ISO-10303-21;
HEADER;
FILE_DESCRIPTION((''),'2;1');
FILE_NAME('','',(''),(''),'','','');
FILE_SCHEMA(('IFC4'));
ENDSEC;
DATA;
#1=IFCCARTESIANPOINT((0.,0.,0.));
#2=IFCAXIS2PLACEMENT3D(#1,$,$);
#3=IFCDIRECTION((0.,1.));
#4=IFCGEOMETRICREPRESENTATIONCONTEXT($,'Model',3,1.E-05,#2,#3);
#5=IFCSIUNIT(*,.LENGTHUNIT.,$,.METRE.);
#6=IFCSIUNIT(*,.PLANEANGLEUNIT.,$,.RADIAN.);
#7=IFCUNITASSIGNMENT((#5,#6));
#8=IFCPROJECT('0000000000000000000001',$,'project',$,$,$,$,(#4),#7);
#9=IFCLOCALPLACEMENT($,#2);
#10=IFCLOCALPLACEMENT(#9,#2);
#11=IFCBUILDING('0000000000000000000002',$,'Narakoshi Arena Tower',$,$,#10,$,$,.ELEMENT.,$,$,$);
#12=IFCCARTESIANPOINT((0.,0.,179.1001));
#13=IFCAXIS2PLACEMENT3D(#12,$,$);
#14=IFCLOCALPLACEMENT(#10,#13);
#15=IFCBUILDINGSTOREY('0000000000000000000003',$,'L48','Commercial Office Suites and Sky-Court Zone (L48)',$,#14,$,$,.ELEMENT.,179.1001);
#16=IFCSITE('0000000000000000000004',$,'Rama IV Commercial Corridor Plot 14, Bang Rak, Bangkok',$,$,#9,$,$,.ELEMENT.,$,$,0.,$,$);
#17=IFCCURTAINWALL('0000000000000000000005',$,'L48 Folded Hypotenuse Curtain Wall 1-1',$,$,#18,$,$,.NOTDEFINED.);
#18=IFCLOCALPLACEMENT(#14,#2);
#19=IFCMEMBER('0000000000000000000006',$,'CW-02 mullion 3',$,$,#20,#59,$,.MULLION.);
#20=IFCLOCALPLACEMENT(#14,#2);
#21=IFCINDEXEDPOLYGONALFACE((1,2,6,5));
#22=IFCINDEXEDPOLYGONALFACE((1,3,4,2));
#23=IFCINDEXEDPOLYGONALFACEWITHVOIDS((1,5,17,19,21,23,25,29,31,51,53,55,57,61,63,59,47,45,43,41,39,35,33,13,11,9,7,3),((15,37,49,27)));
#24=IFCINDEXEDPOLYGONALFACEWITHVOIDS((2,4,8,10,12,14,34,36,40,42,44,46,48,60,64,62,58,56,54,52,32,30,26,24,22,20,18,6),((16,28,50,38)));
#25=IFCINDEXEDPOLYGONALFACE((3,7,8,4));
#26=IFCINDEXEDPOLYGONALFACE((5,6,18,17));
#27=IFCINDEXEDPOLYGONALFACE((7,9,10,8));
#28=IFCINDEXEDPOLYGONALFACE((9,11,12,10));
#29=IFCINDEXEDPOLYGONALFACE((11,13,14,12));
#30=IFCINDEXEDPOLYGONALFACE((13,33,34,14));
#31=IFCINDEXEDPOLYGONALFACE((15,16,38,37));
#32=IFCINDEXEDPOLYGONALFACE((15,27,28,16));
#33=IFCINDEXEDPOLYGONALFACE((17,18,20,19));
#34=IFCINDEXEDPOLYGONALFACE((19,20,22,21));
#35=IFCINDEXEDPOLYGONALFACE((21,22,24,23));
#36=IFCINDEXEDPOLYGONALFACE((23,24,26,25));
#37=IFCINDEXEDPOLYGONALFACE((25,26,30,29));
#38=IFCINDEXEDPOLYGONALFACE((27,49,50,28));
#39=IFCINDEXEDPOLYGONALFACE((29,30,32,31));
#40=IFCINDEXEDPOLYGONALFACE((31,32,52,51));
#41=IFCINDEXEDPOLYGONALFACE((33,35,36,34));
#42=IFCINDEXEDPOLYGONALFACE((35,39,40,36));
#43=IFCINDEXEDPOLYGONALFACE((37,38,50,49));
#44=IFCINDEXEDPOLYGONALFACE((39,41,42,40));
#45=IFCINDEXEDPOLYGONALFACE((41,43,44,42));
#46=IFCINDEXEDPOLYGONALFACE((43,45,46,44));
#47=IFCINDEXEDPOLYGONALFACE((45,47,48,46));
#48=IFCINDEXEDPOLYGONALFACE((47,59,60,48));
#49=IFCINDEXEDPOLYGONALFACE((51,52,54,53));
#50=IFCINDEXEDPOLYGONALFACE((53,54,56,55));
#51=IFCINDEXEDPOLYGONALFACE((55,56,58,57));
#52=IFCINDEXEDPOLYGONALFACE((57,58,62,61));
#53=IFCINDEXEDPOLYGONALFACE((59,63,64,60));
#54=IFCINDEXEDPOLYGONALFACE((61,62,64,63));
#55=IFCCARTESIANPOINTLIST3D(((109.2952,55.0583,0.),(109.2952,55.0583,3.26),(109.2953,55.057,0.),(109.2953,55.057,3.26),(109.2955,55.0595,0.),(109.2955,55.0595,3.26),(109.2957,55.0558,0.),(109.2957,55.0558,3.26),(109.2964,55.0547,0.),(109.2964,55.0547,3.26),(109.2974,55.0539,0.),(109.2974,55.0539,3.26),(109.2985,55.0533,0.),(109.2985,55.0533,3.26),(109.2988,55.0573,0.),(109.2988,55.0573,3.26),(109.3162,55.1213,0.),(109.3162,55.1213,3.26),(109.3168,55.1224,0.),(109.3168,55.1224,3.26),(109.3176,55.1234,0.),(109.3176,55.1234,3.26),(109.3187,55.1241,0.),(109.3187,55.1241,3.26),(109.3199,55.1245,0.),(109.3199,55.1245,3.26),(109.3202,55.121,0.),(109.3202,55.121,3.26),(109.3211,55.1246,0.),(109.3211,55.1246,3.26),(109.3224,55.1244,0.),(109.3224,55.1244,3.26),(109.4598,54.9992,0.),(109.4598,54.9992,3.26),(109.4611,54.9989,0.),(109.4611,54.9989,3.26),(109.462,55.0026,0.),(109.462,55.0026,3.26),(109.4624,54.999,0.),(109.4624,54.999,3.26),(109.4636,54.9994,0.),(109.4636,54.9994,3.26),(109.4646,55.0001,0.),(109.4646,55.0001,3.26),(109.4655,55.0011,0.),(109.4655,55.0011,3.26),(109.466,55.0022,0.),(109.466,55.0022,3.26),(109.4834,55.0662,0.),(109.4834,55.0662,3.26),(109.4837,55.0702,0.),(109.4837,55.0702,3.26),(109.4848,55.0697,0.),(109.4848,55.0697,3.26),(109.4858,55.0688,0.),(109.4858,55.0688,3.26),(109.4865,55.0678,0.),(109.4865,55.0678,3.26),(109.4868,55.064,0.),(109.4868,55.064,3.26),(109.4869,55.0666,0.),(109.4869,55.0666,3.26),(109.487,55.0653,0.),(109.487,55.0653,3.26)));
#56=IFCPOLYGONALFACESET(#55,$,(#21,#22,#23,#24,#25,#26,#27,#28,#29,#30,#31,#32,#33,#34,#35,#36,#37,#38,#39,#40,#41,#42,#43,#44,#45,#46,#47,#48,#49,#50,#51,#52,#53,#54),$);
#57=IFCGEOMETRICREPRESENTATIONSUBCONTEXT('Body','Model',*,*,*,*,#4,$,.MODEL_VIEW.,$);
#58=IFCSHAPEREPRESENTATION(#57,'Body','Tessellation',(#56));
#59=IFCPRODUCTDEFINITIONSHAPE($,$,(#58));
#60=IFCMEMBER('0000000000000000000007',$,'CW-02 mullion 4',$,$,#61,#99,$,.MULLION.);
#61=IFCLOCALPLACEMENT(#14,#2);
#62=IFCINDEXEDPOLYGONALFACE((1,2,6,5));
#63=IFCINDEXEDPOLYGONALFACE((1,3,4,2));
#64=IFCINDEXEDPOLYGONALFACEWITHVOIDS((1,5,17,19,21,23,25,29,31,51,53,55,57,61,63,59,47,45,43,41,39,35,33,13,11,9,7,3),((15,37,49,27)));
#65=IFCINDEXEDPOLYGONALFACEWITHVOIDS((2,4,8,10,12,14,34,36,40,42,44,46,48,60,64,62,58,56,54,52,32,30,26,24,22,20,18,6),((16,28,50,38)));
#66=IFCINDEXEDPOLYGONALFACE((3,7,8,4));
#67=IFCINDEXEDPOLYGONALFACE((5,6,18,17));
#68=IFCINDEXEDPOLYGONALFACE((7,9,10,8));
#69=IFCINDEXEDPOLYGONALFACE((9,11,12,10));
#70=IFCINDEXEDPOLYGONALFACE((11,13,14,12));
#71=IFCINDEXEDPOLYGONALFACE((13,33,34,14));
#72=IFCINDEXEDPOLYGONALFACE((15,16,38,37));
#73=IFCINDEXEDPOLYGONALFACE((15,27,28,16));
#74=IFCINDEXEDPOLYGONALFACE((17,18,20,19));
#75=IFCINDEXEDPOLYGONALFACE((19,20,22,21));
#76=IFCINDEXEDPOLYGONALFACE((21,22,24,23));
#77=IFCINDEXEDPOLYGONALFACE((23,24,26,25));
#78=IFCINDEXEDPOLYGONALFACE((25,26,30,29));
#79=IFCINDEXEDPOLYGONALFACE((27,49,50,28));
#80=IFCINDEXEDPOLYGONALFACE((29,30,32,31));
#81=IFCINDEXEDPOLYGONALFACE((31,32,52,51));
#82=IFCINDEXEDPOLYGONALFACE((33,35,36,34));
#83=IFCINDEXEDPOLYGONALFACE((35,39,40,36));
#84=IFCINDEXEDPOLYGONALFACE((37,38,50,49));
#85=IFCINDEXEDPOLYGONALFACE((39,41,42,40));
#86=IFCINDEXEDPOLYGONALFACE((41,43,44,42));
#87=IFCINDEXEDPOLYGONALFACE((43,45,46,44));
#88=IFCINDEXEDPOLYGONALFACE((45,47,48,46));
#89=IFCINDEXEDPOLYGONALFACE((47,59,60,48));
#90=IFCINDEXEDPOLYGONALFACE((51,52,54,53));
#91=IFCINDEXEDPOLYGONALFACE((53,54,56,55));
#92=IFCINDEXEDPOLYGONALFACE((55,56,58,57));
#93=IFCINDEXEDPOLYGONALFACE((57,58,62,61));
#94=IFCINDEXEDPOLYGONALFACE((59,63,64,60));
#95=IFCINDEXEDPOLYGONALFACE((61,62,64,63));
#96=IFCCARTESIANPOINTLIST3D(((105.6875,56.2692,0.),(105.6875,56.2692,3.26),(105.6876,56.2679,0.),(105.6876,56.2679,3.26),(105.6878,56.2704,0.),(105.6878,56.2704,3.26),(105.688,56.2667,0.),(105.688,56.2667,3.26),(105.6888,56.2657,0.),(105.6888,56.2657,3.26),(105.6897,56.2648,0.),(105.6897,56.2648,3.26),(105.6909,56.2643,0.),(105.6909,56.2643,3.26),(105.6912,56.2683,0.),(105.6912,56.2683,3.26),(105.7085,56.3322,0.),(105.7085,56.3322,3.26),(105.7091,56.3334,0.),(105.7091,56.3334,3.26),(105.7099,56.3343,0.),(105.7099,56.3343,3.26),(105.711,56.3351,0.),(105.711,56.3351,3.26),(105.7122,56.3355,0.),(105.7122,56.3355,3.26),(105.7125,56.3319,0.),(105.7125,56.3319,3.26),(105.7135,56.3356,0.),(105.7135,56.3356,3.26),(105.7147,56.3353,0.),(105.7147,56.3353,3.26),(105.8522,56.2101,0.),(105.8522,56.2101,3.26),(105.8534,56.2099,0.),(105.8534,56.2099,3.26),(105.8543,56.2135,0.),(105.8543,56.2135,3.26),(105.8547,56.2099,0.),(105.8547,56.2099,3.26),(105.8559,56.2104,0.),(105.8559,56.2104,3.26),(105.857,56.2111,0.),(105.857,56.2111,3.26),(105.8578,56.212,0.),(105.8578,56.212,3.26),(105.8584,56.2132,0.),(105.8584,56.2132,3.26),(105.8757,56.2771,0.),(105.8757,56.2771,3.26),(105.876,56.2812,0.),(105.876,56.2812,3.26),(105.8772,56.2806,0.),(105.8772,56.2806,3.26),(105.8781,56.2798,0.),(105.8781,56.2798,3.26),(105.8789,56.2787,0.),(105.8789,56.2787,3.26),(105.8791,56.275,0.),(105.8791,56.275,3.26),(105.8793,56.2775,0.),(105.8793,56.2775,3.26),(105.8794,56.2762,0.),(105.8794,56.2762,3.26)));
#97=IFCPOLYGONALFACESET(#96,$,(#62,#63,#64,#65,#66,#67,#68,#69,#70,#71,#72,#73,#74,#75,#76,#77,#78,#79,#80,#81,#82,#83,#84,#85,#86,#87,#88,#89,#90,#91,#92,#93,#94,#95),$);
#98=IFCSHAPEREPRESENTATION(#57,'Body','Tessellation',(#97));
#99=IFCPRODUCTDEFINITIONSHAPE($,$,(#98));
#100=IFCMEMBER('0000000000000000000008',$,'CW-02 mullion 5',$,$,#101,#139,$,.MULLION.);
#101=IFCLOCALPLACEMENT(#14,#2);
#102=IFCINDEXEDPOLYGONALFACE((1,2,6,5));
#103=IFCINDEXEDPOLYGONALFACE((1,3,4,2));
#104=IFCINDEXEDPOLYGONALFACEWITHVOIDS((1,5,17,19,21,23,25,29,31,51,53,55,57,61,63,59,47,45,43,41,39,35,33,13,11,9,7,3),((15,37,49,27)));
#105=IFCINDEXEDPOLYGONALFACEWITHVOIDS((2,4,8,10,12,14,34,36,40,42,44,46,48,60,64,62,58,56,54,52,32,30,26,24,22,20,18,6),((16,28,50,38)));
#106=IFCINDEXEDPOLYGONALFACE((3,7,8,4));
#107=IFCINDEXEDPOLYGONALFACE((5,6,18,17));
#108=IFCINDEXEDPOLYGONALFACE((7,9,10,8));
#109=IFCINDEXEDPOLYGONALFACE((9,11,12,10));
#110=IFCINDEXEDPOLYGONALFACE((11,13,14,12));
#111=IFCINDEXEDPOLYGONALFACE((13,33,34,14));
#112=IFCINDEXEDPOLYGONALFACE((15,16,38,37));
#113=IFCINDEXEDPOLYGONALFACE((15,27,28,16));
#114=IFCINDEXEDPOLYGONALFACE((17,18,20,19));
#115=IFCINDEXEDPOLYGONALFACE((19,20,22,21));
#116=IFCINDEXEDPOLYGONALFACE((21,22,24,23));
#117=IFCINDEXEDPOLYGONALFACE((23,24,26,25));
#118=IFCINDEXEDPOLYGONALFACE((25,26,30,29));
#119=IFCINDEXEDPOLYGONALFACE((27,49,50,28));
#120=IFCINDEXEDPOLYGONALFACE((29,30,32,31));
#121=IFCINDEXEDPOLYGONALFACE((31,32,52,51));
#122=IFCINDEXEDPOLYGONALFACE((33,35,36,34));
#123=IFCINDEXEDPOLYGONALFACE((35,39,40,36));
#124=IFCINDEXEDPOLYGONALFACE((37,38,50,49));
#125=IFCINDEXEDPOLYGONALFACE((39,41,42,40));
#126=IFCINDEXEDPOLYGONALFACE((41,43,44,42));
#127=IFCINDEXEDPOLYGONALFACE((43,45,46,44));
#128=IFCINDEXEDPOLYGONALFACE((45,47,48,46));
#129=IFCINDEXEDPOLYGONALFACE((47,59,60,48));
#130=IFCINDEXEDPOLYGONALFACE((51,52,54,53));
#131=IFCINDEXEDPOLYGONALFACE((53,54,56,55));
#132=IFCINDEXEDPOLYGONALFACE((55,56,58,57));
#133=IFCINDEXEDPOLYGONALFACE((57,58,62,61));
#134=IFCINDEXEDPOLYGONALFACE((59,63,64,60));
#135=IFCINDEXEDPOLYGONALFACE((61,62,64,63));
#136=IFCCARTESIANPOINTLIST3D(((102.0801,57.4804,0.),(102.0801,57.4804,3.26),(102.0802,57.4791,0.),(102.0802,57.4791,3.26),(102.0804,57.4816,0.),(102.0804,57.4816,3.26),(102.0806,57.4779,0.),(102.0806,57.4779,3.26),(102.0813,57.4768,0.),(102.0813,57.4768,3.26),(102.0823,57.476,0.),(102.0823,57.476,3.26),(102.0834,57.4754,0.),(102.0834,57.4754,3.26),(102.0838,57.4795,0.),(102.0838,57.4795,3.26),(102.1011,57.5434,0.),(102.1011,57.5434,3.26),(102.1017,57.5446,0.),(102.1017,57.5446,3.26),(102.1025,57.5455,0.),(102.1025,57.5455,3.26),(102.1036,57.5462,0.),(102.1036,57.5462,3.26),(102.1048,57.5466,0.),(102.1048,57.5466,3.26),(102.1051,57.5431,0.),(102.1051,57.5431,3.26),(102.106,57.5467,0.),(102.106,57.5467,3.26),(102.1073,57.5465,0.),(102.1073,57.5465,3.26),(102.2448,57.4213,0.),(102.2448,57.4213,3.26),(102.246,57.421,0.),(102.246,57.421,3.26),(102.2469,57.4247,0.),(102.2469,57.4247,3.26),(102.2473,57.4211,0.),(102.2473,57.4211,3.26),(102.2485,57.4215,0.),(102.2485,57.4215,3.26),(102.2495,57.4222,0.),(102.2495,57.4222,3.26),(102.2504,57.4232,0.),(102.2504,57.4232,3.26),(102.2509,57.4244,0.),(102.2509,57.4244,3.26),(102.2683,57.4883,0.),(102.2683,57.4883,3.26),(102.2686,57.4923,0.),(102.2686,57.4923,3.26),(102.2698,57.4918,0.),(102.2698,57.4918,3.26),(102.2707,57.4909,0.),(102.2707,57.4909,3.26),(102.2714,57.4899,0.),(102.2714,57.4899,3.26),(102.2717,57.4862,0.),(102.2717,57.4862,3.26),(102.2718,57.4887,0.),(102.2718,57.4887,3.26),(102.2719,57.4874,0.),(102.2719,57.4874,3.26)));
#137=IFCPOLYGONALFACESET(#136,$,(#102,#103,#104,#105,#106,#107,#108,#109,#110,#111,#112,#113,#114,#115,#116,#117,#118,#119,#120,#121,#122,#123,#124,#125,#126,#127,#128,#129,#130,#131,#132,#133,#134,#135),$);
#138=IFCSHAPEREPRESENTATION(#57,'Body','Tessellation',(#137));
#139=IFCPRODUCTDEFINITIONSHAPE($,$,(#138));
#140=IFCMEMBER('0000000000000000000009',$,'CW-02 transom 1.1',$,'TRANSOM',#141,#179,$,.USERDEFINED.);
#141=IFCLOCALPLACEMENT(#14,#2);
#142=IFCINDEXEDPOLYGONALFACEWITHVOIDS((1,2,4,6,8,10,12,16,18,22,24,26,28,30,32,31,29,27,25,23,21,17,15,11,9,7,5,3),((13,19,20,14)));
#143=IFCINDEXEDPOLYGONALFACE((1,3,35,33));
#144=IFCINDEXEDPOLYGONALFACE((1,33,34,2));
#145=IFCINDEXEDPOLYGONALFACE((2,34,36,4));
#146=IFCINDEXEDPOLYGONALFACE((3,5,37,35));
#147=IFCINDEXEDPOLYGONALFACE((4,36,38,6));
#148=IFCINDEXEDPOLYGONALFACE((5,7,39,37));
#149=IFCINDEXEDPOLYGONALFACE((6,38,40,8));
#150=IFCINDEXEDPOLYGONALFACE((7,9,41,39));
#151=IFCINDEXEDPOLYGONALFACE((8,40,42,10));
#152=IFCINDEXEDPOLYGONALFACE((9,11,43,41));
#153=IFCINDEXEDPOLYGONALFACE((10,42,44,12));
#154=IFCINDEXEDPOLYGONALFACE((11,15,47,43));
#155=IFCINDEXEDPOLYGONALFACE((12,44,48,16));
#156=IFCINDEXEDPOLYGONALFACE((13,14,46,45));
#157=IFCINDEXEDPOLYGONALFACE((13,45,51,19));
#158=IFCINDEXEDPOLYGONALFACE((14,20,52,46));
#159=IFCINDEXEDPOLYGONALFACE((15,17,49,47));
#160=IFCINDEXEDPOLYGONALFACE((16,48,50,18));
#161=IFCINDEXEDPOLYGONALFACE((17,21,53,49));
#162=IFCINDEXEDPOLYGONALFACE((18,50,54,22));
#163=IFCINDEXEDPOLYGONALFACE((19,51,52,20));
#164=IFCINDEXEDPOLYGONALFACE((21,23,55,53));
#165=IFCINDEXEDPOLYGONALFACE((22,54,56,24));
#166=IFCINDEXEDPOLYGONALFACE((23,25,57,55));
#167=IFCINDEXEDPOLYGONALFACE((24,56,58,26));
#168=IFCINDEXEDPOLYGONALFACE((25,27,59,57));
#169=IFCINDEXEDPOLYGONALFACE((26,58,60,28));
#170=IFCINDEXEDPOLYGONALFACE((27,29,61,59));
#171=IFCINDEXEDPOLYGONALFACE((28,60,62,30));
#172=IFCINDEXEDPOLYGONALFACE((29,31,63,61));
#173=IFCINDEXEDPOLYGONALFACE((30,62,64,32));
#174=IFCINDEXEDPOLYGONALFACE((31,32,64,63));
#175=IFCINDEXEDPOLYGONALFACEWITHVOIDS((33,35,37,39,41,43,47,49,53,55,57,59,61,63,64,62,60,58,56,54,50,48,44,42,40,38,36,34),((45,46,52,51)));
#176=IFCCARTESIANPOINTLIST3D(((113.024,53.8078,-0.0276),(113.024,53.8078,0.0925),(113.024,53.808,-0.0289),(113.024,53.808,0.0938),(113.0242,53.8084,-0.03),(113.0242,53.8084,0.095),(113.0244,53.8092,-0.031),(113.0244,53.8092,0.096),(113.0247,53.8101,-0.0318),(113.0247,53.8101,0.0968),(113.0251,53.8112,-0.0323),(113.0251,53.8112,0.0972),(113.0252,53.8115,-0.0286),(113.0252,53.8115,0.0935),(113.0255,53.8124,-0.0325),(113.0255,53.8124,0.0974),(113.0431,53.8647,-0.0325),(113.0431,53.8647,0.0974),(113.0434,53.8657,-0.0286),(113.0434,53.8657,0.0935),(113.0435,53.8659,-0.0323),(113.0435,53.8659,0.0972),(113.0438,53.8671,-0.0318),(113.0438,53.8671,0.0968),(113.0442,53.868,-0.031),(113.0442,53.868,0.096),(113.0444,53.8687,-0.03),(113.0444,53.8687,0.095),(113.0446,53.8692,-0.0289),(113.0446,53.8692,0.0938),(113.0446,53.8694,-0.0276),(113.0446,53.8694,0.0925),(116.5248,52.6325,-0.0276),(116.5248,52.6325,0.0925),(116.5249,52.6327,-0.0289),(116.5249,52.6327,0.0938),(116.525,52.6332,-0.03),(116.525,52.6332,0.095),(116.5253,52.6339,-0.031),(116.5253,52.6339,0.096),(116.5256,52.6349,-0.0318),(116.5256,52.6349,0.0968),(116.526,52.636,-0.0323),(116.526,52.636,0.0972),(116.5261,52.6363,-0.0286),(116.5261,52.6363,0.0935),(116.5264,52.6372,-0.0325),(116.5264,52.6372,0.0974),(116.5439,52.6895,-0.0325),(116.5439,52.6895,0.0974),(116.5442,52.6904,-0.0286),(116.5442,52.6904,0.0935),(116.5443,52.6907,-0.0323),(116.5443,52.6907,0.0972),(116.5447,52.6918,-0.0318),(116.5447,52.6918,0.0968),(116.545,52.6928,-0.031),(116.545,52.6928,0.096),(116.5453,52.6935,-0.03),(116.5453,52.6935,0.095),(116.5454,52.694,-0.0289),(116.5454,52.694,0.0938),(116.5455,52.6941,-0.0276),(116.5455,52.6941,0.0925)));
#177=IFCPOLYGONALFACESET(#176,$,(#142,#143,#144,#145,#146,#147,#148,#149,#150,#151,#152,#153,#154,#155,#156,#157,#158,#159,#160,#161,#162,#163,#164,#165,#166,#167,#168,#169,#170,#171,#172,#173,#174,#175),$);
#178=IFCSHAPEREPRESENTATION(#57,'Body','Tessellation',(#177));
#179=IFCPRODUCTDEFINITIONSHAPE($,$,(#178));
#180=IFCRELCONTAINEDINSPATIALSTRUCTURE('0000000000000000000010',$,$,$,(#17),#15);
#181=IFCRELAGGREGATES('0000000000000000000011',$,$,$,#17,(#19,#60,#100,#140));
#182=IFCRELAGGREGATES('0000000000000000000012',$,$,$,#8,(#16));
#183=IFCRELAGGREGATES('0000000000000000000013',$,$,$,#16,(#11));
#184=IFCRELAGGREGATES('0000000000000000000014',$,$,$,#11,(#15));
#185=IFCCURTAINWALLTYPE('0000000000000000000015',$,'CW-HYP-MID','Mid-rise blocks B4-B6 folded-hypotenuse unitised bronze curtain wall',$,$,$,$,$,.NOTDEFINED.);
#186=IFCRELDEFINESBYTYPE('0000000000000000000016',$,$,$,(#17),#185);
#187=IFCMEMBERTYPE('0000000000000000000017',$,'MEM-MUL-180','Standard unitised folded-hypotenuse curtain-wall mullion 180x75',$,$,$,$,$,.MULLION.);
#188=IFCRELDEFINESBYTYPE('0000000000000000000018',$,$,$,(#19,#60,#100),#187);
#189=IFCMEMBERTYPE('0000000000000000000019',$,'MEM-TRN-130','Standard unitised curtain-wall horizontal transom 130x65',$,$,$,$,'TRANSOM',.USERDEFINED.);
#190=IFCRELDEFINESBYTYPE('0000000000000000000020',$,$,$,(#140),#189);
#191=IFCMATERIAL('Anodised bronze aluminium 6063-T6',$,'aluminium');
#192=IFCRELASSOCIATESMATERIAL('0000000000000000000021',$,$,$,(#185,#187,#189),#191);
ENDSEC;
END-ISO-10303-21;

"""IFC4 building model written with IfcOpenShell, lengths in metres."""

from ifc_helpers import new_model, si_unit, direction, frame, origin, origin_2d, place, context, subcontext, project, spatial, hollow_rectangle, extrude, material, material_profile, profile_set, type_object, element, aggregate, save


model = new_model("IFC4")

# Units and contexts
model_context = context("Model", 3, precision=1e-05, world=origin(), true_north=direction((0.0, 1.0)))
body_context = subcontext(model_context, "Body", "Model", "MODEL_VIEW")
ifc_project = project(units=[si_unit("LENGTHUNIT", "METRE"), si_unit("PLANEANGLEUNIT", "RADIAN")], contexts=[model_context])

# Site, building, storey
site_placement = place(None, origin())
site = spatial("IfcSite", under=ifc_project, at=site_placement, Name="Rama IV Commercial Corridor Plot 14, Bang Rak, Bangkok", CompositionType="ELEMENT", RefElevation=0.0)
building_placement = place(site_placement, origin())
building = spatial("IfcBuilding", under=site, at=building_placement, Name="Narakoshi Arena Tower", CompositionType="ELEMENT")
storey_placement = place(building_placement, frame((0.0, 0.0, 179.1001)))
storey = spatial("IfcBuildingStorey", under=building, at=storey_placement, Name="L48", Description="Commercial Office Suites and Sky-Court Zone (L48)", CompositionType="ELEMENT", Elevation=179.1001)

# Curtain wall, members
ifc_material_1 = material(Name="Anodised bronze aluminium 6063-T6", Category="aluminium")
curtain_wall_type = type_object("IfcCurtainWallType", Name="CW-HYP-MID", Description="Mid-rise blocks B4-B6 folded-hypotenuse unitised bronze curtain wall", PredefinedType="NOTDEFINED", material=ifc_material_1)
curtain_wall_placement = place(storey_placement, origin())
curtain_wall = element("IfcCurtainWall", 1, at=curtain_wall_placement, inside=storey, type_object=curtain_wall_type, Name="L48 Folded Hypotenuse Curtain Wall 1-1", PredefinedType="NOTDEFINED")
ifc_material_profile_1 = material_profile(ifc_material_1, hollow_rectangle(XDim=0.075, YDim=0.1799, WallThickness=0.0039, OuterFilletRadius=0.0049, at=origin_2d()), Name="MUL180x75x4")
ifc_profile_set_1 = profile_set([ifc_material_profile_1], Name="Anodised bronze aluminium 6063-T6")
member_type_1 = type_object("IfcMemberType", Name="MEM-MUL-180", Description="Standard unitised folded-hypotenuse curtain-wall mullion 180x75", PredefinedType="MULLION", material=ifc_profile_set_1)
member_1_placement = place(storey_placement, frame((109.3911, 55.0618, 0.0), z_axis=(0.0, 0.0, 1.0), x_axis=(-0.318261, -0.948003, 0.0)))
member_1 = element("IfcMember", 2, at=member_1_placement, type_object=member_type_1, Name="CW-02 mullion 3", PredefinedType="MULLION", context=body_context, shape_type="SweptSolid", body=[
    extrude(hollow_rectangle(XDim=0.075, YDim=0.1799, WallThickness=0.0039, OuterFilletRadius=0.0049, at=origin_2d()), origin(), (0.0, 0.0, 1.0), 3.26),
])
member_2_placement = place(storey_placement, frame((105.7834, 56.2727, 0.0), z_axis=(0.0, 0.0, 1.0), x_axis=(-0.318261, -0.948003, 0.0)))
member_2 = element("IfcMember", 3, at=member_2_placement, type_object=member_type_1, Name="CW-02 mullion 4", PredefinedType="MULLION", context=body_context, shape_type="SweptSolid", body=[
    extrude(hollow_rectangle(XDim=0.075, YDim=0.1799, WallThickness=0.0039, OuterFilletRadius=0.0049, at=origin_2d()), origin(), (0.0, 0.0, 1.0), 3.26),
])
member_3_placement = place(storey_placement, frame((102.176, 57.4839, 0.0), z_axis=(0.0, 0.0, 1.0), x_axis=(-0.318261, -0.948003, 0.0)))
member_3 = element("IfcMember", 4, at=member_3_placement, type_object=member_type_1, Name="CW-02 mullion 5", PredefinedType="MULLION", context=body_context, shape_type="SweptSolid", body=[
    extrude(hollow_rectangle(XDim=0.075, YDim=0.1799, WallThickness=0.0039, OuterFilletRadius=0.0049, at=origin_2d()), origin(), (0.0, 0.0, 1.0), 3.26),
])
ifc_material_profile_2 = material_profile(ifc_material_1, hollow_rectangle(XDim=0.0649, YDim=0.1299, WallThickness=0.0039, OuterFilletRadius=0.0049, at=origin_2d()), Name="TRN130x65x4")
ifc_profile_set_2 = profile_set([ifc_material_profile_2], Name="Anodised bronze aluminium 6063-T6")
member_type_2 = type_object("IfcMemberType", Name="MEM-TRN-130", Description="Standard unitised curtain-wall horizontal transom 130x65", ElementType="TRANSOM", PredefinedType="USERDEFINED", material=ifc_profile_set_2)
member_4_placement = place(storey_placement, frame((116.5352, 52.6633, 0.0325), z_axis=(-0.948007, 0.31825, 0.0), x_axis=(-0.31825, -0.948007, 0.0)))
member_4 = element("IfcMember", 5, at=member_4_placement, type_object=member_type_2, Name="CW-02 transom 1.1", ObjectType="TRANSOM", PredefinedType="USERDEFINED", context=body_context, shape_type="SweptSolid", body=[
    extrude(hollow_rectangle(XDim=0.0649, YDim=0.1299, WallThickness=0.0039, OuterFilletRadius=0.0049, at=origin_2d()), origin(), (0.0, 0.0, 1.0), 3.6929),
])
aggregate(curtain_wall, [member_1, member_2, member_3, member_4])

save(model, "model.ifc")
